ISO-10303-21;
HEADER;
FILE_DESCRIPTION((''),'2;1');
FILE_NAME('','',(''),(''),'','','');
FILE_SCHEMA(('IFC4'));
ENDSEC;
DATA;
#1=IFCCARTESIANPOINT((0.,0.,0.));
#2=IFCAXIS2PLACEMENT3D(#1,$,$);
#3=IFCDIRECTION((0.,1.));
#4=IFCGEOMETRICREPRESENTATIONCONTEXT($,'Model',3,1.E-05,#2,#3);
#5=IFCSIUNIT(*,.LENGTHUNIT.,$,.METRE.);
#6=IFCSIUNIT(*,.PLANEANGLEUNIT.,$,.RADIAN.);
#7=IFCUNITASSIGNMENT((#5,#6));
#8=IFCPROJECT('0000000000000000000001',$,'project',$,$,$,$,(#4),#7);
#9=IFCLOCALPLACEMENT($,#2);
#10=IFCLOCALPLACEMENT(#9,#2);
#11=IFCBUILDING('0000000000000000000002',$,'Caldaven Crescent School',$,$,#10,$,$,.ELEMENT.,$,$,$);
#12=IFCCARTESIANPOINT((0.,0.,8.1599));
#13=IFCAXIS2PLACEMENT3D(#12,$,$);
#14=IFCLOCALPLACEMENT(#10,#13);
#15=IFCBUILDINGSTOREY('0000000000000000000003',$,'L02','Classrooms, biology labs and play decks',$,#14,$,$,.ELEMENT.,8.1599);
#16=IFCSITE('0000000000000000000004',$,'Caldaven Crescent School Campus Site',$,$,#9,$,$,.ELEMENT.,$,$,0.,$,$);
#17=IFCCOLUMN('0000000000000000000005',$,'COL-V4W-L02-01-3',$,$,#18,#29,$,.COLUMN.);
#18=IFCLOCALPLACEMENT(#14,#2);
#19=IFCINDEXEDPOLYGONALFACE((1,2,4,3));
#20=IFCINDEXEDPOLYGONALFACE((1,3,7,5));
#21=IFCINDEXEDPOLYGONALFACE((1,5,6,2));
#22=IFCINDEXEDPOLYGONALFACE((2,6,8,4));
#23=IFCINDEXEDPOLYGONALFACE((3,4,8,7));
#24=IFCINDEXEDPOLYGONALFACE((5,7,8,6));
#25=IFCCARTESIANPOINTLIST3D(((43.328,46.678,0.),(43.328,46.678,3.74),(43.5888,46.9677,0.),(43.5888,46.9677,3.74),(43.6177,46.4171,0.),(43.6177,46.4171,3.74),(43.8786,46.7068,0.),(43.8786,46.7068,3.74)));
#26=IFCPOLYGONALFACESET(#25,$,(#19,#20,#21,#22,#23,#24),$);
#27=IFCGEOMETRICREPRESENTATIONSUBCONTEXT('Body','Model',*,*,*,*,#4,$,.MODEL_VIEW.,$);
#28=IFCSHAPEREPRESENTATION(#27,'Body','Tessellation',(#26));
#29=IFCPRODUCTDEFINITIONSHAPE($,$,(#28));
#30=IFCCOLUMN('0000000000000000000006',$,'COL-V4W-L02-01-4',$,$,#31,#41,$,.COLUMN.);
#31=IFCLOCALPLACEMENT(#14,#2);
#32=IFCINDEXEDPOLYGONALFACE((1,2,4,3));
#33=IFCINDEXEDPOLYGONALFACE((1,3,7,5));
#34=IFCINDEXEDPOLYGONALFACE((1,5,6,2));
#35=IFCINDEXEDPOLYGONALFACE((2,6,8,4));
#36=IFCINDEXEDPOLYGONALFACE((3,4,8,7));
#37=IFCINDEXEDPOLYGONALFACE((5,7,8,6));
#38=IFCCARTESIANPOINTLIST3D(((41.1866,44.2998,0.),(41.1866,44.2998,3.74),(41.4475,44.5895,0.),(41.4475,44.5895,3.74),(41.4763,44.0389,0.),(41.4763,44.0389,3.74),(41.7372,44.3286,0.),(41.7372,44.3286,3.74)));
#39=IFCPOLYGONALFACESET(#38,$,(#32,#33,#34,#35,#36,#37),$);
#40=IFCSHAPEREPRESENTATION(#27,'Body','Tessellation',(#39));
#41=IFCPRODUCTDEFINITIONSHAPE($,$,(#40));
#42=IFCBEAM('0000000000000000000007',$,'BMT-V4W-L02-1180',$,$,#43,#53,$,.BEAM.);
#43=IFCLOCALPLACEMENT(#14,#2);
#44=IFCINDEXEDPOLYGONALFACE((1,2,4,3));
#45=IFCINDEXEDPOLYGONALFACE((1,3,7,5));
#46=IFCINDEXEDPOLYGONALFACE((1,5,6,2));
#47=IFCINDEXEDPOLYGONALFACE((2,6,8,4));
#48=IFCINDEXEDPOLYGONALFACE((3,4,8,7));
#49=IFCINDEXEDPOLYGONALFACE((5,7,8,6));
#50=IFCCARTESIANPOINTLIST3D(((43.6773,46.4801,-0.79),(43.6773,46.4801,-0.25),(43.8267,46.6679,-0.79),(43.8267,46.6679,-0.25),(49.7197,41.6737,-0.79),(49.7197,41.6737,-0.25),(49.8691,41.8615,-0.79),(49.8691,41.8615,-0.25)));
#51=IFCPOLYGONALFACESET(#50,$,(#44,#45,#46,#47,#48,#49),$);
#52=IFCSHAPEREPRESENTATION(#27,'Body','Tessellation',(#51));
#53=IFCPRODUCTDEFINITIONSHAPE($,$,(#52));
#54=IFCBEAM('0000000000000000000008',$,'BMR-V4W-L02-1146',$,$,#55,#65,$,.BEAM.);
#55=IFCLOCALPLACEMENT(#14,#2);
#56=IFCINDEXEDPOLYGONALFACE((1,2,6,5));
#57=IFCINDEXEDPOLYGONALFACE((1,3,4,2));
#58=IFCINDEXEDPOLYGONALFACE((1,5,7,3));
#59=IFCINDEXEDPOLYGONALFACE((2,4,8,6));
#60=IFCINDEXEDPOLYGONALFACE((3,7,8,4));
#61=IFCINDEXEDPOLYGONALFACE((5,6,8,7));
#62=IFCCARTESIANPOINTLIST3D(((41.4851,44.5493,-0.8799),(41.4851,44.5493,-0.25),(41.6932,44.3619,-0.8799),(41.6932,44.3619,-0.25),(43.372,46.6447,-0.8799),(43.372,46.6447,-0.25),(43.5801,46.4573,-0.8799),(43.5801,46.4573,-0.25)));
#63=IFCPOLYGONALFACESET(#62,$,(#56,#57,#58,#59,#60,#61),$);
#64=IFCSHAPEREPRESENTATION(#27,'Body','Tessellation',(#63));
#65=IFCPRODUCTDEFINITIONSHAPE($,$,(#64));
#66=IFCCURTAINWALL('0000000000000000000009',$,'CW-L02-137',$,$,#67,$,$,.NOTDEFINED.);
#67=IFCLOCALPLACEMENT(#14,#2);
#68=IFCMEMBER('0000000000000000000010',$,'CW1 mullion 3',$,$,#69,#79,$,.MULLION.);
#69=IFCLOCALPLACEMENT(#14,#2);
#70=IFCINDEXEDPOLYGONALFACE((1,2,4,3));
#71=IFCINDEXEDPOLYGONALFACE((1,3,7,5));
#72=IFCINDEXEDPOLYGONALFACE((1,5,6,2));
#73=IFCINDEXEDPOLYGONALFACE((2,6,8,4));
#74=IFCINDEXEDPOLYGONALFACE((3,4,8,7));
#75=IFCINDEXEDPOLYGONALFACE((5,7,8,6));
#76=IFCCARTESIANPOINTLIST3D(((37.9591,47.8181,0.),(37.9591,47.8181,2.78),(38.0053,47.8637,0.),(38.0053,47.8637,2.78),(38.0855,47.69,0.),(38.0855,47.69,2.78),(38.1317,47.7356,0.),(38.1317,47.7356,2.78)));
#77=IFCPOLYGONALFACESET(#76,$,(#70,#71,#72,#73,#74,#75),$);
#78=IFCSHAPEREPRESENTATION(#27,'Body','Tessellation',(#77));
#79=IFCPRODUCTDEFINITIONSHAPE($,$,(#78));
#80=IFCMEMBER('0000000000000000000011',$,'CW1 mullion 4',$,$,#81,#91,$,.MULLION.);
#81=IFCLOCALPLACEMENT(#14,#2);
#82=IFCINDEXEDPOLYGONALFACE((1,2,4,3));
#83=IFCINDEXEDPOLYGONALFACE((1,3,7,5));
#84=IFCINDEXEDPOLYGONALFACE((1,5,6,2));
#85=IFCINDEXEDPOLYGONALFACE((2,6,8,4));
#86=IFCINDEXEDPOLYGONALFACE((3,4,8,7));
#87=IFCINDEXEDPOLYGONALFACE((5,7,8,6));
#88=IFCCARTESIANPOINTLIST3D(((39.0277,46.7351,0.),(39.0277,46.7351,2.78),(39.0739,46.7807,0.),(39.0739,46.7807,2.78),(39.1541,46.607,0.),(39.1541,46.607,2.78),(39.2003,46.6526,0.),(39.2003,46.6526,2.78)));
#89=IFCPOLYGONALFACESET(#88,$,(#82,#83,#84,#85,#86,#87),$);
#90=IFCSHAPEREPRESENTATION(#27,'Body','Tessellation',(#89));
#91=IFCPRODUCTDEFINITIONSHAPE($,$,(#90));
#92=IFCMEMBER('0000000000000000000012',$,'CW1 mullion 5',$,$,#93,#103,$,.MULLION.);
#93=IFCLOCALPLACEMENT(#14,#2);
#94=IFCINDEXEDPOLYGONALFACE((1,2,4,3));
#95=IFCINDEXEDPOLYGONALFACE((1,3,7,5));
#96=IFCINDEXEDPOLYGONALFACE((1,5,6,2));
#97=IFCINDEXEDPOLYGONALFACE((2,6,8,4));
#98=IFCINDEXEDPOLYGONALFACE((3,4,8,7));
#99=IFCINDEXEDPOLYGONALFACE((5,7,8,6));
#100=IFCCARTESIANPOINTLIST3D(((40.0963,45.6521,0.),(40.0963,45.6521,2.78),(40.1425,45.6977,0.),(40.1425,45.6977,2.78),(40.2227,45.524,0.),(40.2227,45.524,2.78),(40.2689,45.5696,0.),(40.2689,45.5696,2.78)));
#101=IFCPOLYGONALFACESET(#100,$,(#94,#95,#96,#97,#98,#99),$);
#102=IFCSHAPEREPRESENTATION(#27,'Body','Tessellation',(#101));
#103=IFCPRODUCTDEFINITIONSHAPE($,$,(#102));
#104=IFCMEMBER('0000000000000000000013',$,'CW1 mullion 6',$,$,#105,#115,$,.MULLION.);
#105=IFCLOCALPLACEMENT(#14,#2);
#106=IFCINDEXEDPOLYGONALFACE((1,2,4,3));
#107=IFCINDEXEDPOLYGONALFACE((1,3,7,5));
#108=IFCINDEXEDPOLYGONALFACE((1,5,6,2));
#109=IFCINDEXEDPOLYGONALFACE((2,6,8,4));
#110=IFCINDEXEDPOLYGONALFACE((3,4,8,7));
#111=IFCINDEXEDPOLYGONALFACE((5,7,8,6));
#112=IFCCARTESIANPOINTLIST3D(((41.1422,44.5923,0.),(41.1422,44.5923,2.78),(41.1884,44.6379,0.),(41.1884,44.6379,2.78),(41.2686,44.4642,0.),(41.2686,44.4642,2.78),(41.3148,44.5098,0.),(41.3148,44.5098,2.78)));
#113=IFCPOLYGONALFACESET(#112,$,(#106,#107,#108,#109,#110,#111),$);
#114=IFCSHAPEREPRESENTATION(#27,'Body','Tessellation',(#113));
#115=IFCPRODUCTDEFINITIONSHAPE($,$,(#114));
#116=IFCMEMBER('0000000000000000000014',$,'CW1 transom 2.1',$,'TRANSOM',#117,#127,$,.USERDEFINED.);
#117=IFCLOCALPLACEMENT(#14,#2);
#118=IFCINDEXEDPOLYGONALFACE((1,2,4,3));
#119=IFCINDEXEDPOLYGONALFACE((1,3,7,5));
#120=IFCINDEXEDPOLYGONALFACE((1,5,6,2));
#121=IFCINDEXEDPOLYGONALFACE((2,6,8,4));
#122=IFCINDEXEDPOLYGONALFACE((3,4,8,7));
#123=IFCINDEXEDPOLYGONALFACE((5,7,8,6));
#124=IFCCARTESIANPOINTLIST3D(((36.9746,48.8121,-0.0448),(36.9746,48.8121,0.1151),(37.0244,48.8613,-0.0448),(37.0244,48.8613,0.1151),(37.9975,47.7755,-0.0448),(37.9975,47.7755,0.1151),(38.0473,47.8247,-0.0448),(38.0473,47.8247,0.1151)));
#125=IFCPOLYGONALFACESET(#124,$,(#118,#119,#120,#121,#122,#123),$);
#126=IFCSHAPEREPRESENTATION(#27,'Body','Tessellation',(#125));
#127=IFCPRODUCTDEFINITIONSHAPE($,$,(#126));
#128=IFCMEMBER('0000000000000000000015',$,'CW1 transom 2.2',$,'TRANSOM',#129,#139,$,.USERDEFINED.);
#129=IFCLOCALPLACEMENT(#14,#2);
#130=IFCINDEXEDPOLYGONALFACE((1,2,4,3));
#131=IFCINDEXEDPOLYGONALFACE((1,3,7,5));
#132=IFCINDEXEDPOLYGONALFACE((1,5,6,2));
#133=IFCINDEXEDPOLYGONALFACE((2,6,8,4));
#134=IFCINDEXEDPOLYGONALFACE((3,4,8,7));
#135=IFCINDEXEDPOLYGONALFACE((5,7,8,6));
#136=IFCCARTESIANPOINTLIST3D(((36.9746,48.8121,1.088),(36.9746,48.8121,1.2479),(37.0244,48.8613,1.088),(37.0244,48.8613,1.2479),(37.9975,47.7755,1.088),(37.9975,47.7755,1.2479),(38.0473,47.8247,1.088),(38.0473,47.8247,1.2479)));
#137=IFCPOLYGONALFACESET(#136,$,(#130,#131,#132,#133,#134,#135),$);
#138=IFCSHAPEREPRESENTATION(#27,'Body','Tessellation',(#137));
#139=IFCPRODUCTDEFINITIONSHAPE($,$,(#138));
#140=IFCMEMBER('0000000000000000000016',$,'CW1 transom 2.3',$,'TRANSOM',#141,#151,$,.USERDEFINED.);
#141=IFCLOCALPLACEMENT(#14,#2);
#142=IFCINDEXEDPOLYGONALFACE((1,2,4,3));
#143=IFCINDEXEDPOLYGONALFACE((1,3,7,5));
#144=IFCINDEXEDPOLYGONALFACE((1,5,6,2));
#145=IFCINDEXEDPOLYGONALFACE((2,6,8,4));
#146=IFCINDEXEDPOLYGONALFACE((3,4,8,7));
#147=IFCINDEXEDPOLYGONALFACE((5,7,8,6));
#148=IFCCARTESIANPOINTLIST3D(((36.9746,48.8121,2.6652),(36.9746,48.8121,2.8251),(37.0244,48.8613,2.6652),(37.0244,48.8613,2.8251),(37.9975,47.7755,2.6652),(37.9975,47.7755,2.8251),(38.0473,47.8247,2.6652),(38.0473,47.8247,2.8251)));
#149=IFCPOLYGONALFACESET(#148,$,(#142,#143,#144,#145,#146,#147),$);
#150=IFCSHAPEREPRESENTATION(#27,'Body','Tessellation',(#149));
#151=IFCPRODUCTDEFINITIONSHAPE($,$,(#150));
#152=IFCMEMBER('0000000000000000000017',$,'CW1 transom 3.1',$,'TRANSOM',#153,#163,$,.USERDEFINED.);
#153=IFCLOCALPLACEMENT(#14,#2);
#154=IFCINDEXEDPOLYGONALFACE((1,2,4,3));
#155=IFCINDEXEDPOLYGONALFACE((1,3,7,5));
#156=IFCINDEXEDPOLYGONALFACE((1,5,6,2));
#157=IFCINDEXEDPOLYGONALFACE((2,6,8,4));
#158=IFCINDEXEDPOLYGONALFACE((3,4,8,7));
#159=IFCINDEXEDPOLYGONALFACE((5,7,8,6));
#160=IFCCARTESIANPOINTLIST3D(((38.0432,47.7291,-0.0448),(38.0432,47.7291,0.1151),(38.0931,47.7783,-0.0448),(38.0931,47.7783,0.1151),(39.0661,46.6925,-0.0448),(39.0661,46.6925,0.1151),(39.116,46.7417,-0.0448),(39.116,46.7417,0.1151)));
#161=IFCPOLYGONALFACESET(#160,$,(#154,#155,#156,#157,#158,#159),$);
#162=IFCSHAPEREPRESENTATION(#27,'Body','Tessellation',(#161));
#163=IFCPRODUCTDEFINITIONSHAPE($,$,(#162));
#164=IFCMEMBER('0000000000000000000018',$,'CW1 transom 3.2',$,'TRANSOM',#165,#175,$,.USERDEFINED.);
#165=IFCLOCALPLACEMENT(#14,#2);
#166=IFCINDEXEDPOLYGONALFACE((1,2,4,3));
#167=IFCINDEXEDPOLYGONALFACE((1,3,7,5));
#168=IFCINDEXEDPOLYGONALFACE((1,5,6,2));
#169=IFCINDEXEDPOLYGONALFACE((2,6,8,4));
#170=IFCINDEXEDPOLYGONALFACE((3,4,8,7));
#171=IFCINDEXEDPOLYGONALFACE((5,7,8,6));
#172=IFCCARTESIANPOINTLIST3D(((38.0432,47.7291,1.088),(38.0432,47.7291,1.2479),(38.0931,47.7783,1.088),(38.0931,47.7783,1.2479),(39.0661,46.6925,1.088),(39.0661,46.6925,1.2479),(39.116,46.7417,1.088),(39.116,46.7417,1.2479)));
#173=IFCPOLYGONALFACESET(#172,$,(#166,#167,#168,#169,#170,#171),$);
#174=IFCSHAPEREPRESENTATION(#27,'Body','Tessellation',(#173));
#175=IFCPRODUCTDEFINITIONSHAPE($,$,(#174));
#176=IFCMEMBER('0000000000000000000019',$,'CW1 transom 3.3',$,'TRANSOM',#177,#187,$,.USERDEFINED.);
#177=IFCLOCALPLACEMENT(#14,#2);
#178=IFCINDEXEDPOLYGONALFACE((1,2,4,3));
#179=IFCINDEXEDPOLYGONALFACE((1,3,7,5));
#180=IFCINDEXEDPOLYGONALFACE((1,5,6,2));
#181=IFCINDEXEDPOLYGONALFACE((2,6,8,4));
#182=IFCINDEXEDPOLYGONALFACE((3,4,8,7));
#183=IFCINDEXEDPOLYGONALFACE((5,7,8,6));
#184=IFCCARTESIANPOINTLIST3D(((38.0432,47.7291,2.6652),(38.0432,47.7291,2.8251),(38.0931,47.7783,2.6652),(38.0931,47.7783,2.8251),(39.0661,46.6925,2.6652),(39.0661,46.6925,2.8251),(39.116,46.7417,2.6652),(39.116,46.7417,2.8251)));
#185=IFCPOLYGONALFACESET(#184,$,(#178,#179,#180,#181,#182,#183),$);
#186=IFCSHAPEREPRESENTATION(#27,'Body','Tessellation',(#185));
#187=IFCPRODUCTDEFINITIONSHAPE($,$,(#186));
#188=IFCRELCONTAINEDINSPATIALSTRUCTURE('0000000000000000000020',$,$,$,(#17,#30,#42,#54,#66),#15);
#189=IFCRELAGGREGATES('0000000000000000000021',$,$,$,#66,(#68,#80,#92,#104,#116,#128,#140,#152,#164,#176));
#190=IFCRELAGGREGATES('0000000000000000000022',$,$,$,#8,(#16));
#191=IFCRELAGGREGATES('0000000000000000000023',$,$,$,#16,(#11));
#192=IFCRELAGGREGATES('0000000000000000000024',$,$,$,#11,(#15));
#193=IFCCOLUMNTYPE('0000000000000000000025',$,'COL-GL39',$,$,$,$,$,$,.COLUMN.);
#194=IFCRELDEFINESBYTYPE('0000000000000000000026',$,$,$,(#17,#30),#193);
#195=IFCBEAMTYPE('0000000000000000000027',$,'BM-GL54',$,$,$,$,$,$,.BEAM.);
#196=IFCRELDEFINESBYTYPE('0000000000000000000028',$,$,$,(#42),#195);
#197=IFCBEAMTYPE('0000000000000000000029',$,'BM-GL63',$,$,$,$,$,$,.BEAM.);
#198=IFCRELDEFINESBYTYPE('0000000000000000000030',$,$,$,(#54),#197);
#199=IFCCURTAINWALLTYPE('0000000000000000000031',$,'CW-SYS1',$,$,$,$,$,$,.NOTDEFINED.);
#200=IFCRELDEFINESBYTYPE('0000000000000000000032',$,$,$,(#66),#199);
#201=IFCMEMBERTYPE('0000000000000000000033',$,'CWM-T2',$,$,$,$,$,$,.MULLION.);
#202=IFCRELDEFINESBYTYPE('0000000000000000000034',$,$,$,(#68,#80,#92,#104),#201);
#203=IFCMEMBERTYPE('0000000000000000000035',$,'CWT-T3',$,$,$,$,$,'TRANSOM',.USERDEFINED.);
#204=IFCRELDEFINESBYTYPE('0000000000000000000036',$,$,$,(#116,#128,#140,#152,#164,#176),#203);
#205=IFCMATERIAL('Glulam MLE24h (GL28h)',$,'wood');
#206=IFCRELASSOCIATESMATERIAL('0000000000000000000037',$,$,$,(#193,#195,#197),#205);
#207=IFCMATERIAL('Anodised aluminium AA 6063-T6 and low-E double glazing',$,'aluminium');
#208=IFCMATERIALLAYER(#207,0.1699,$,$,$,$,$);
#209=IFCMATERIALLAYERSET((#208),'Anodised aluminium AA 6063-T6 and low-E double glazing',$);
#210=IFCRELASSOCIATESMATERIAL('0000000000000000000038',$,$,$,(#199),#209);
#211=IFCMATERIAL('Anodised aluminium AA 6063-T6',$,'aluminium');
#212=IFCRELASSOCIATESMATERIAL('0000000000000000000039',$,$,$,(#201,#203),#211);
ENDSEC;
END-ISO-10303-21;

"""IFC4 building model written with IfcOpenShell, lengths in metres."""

from ifc_helpers import new_model, si_unit, direction, frame, origin, origin_2d, place, context, subcontext, project, spatial, rectangle, extrude, material, layer, layer_set, material_profile, profile_set, type_object, element, aggregate, save


model = new_model("IFC4")

# Units and contexts
model_context = context("Model", 3, precision=1e-05, world=origin(), true_north=direction((0.0, 1.0)))
body_context = subcontext(model_context, "Body", "Model", "MODEL_VIEW")
ifc_project = project(units=[si_unit("LENGTHUNIT", "METRE"), si_unit("PLANEANGLEUNIT", "RADIAN")], contexts=[model_context])

# Site, building, storey
site_placement = place(None, origin())
site = spatial("IfcSite", under=ifc_project, at=site_placement, Name="Caldaven Crescent School Campus Site", CompositionType="ELEMENT", RefElevation=0.0)
building_placement = place(site_placement, origin())
building = spatial("IfcBuilding", under=site, at=building_placement, Name="Caldaven Crescent School", CompositionType="ELEMENT")
storey_placement = place(building_placement, frame((0.0, 0.0, 8.1599)))
storey = spatial("IfcBuildingStorey", under=building, at=storey_placement, Name="L02", Description="Classrooms, biology labs and play decks", CompositionType="ELEMENT", Elevation=8.1599)

# Columns
ifc_material_1 = material(Name="Glulam MLE24h (GL28h)", Category="wood")
ifc_material_profile_1 = material_profile(ifc_material_1, rectangle(XDim=0.3899, YDim=0.3899, at=origin_2d()), Name="MLE 390x390")
ifc_profile_set_1 = profile_set([ifc_material_profile_1], Name="Glulam MLE24h (GL28h)")
column_type = type_object("IfcColumnType", Name="COL-GL39", PredefinedType="COLUMN", material=ifc_profile_set_1)
for number, where, z_axis, x_axis, name in (
    (1, (43.6033, 46.6924, 0.0), (0.0, 0.0, 1.0), (-0.669131, -0.743145, 0.0), "COL-V4W-L02-01-3"),
    (2, (41.4619, 44.3142, 0.0), (0.0, 0.0, 1.0), (-0.669131, -0.743145, 0.0), "COL-V4W-L02-01-4"),
):
    element("IfcColumn", number, at=place(storey_placement, frame(where, z_axis=z_axis, x_axis=x_axis)), inside=storey, type_object=column_type, Name=name, PredefinedType="COLUMN", context=body_context, shape_type="SweptSolid", body=[
        extrude(rectangle(XDim=0.3899, YDim=0.3899, at=origin_2d()), origin(), (0.0, 0.0, 1.0), 3.74),
    ])

# Beams
ifc_material_profile_2 = material_profile(ifc_material_1, rectangle(XDim=0.24, YDim=0.54, at=origin_2d()), Name="MLE 240x540")
ifc_profile_set_2 = profile_set([ifc_material_profile_2], Name="Glulam MLE24h (GL28h)")
beam_type_1 = type_object("IfcBeamType", Name="BM-GL54", PredefinedType="BEAM", material=ifc_profile_set_2)
beam_1_placement = place(storey_placement, frame((43.752, 46.574, -0.52), z_axis=(0.782609, -0.622514, 0.0), x_axis=(0.622514, 0.782609, 0.0)))
element("IfcBeam", 3, at=beam_1_placement, inside=storey, type_object=beam_type_1, Name="BMT-V4W-L02-1180", PredefinedType="BEAM", context=body_context, shape_type="SweptSolid", body=[
    extrude(rectangle(XDim=0.24, YDim=0.54, at=origin_2d()), origin(), (0.0, 0.0, 1.0), 7.7209),
])
ifc_material_profile_3 = material_profile(ifc_material_1, rectangle(XDim=0.28, YDim=0.6299, at=origin_2d()), Name="MLE 280x630")
ifc_profile_set_3 = profile_set([ifc_material_profile_3], Name="Glulam MLE24h (GL28h)")
beam_type_2 = type_object("IfcBeamType", Name="BM-GL63", PredefinedType="BEAM", material=ifc_profile_set_3)
beam_2_placement = place(storey_placement, frame((43.4761, 46.551, -0.5649), z_axis=(-0.66917, -0.743109, 0.0), x_axis=(0.743109, -0.66917, 0.0)))
element("IfcBeam", 4, at=beam_2_placement, inside=storey, type_object=beam_type_2, Name="BMR-V4W-L02-1146", PredefinedType="BEAM", context=body_context, shape_type="SweptSolid", body=[
    extrude(rectangle(XDim=0.28, YDim=0.6299, at=origin_2d()), origin(), (0.0, 0.0, 1.0), 2.8198),
])

# Curtain wall, members
ifc_material_2 = material(Name="Anodised aluminium AA 6063-T6 and low-E double glazing", Category="aluminium")
ifc_layer_1 = layer(ifc_material_2, 0.1699)
ifc_layer_set_1 = layer_set([ifc_layer_1], Name="Anodised aluminium AA 6063-T6 and low-E double glazing")
curtain_wall_type = type_object("IfcCurtainWallType", Name="CW-SYS1", PredefinedType="NOTDEFINED", material=ifc_layer_set_1)
curtain_wall_placement = place(storey_placement, origin())
curtain_wall = element("IfcCurtainWall", 5, at=curtain_wall_placement, inside=storey, type_object=curtain_wall_type, Name="CW-L02-137", PredefinedType="NOTDEFINED")
ifc_material_3 = material(Name="Anodised aluminium AA 6063-T6", Category="aluminium")
ifc_material_profile_4 = material_profile(ifc_material_3, rectangle(XDim=0.0649, YDim=0.1799, at=origin_2d()), Name="CWM 65x180")
ifc_profile_set_4 = profile_set([ifc_material_profile_4], Name="Anodised aluminium AA 6063-T6")
member_type_1 = type_object("IfcMemberType", Name="CWM-T2", PredefinedType="MULLION", material=ifc_profile_set_4)
member_1_placement = place(storey_placement, frame((38.0454, 47.7769, 0.0), z_axis=(0.0, 0.0, 1.0), x_axis=(0.711812, 0.70237, 0.0)))
member_1 = element("IfcMember", 6, at=member_1_placement, type_object=member_type_1, Name="CW1 mullion 3", PredefinedType="MULLION", context=body_context, shape_type="SweptSolid", body=[
    extrude(rectangle(XDim=0.0649, YDim=0.1799, at=origin_2d()), origin(), (0.0, 0.0, 1.0), 2.78),
])
member_2_placement = place(storey_placement, frame((39.114, 46.6938, 0.0), z_axis=(0.0, 0.0, 1.0), x_axis=(0.711812, 0.70237, 0.0)))
member_2 = element("IfcMember", 7, at=member_2_placement, type_object=member_type_1, Name="CW1 mullion 4", PredefinedType="MULLION", context=body_context, shape_type="SweptSolid", body=[
    extrude(rectangle(XDim=0.0649, YDim=0.1799, at=origin_2d()), origin(), (0.0, 0.0, 1.0), 2.78),
])
member_3_placement = place(storey_placement, frame((40.1826, 45.6108, 0.0), z_axis=(0.0, 0.0, 1.0), x_axis=(0.711812, 0.70237, 0.0)))
member_3 = element("IfcMember", 8, at=member_3_placement, type_object=member_type_1, Name="CW1 mullion 5", PredefinedType="MULLION", context=body_context, shape_type="SweptSolid", body=[
    extrude(rectangle(XDim=0.0649, YDim=0.1799, at=origin_2d()), origin(), (0.0, 0.0, 1.0), 2.78),
])
member_4_placement = place(storey_placement, frame((41.2285, 44.551, 0.0), z_axis=(0.0, 0.0, 1.0), x_axis=(0.711812, 0.70237, 0.0)))
member_4 = element("IfcMember", 9, at=member_4_placement, type_object=member_type_1, Name="CW1 mullion 6", PredefinedType="MULLION", context=body_context, shape_type="SweptSolid", body=[
    extrude(rectangle(XDim=0.0649, YDim=0.1799, at=origin_2d()), origin(), (0.0, 0.0, 1.0), 2.78),
])
ifc_material_profile_5 = material_profile(ifc_material_3, rectangle(XDim=0.0701, YDim=0.1599, at=origin_2d()), Name="CWT 70x160")
ifc_profile_set_5 = profile_set([ifc_material_profile_5], Name="Anodised aluminium AA 6063-T6")
member_type_2 = type_object("IfcMemberType", Name="CWT-T3", ElementType="TRANSOM", PredefinedType="USERDEFINED", material=ifc_profile_set_5)
member_5_placement = place(storey_placement, frame((36.9995, 48.8367, 0.0352), z_axis=(0.702397, -0.711785, 0.0), x_axis=(0.711785, 0.702397, 0.0)))
member_5 = element("IfcMember", 10, at=member_5_placement, type_object=member_type_2, Name="CW1 transom 2.1", ObjectType="TRANSOM", PredefinedType="USERDEFINED", context=body_context, shape_type="SweptSolid", body=[
    extrude(rectangle(XDim=0.0701, YDim=0.1599, at=origin_2d()), origin(), (0.0, 0.0, 1.0), 1.4563),
])
member_6_placement = place(storey_placement, frame((36.9995, 48.8367, 1.168), z_axis=(0.702397, -0.711785, 0.0), x_axis=(0.711785, 0.702397, 0.0)))
member_6 = element("IfcMember", 11, at=member_6_placement, type_object=member_type_2, Name="CW1 transom 2.2", ObjectType="TRANSOM", PredefinedType="USERDEFINED", context=body_context, shape_type="SweptSolid", body=[
    extrude(rectangle(XDim=0.0701, YDim=0.1599, at=origin_2d()), origin(), (0.0, 0.0, 1.0), 1.4563),
])
member_7_placement = place(storey_placement, frame((36.9995, 48.8367, 2.7451), z_axis=(0.702397, -0.711785, 0.0), x_axis=(0.711785, 0.702397, 0.0)))
member_7 = element("IfcMember", 12, at=member_7_placement, type_object=member_type_2, Name="CW1 transom 2.3", ObjectType="TRANSOM", PredefinedType="USERDEFINED", context=body_context, shape_type="SweptSolid", body=[
    extrude(rectangle(XDim=0.0701, YDim=0.1599, at=origin_2d()), origin(), (0.0, 0.0, 1.0), 1.4563),
])
member_8_placement = place(storey_placement, frame((38.0681, 47.7537, 0.0352), z_axis=(0.702397, -0.711785, 0.0), x_axis=(0.711785, 0.702397, 0.0)))
member_8 = element("IfcMember", 13, at=member_8_placement, type_object=member_type_2, Name="CW1 transom 3.1", ObjectType="TRANSOM", PredefinedType="USERDEFINED", context=body_context, shape_type="SweptSolid", body=[
    extrude(rectangle(XDim=0.0701, YDim=0.1599, at=origin_2d()), origin(), (0.0, 0.0, 1.0), 1.4563),
])
member_9_placement = place(storey_placement, frame((38.0681, 47.7537, 1.168), z_axis=(0.702397, -0.711785, 0.0), x_axis=(0.711785, 0.702397, 0.0)))
member_9 = element("IfcMember", 14, at=member_9_placement, type_object=member_type_2, Name="CW1 transom 3.2", ObjectType="TRANSOM", PredefinedType="USERDEFINED", context=body_context, shape_type="SweptSolid", body=[
    extrude(rectangle(XDim=0.0701, YDim=0.1599, at=origin_2d()), origin(), (0.0, 0.0, 1.0), 1.4563),
])
member_10_placement = place(storey_placement, frame((38.0681, 47.7537, 2.7451), z_axis=(0.702397, -0.711785, 0.0), x_axis=(0.711785, 0.702397, 0.0)))
member_10 = element("IfcMember", 15, at=member_10_placement, type_object=member_type_2, Name="CW1 transom 3.3", ObjectType="TRANSOM", PredefinedType="USERDEFINED", context=body_context, shape_type="SweptSolid", body=[
    extrude(rectangle(XDim=0.0701, YDim=0.1599, at=origin_2d()), origin(), (0.0, 0.0, 1.0), 1.4563),
])

aggregate(curtain_wall, [member_1, member_2, member_3, member_4, member_5, member_6, member_7, member_8, member_9, member_10])

save(model, "model.ifc")
